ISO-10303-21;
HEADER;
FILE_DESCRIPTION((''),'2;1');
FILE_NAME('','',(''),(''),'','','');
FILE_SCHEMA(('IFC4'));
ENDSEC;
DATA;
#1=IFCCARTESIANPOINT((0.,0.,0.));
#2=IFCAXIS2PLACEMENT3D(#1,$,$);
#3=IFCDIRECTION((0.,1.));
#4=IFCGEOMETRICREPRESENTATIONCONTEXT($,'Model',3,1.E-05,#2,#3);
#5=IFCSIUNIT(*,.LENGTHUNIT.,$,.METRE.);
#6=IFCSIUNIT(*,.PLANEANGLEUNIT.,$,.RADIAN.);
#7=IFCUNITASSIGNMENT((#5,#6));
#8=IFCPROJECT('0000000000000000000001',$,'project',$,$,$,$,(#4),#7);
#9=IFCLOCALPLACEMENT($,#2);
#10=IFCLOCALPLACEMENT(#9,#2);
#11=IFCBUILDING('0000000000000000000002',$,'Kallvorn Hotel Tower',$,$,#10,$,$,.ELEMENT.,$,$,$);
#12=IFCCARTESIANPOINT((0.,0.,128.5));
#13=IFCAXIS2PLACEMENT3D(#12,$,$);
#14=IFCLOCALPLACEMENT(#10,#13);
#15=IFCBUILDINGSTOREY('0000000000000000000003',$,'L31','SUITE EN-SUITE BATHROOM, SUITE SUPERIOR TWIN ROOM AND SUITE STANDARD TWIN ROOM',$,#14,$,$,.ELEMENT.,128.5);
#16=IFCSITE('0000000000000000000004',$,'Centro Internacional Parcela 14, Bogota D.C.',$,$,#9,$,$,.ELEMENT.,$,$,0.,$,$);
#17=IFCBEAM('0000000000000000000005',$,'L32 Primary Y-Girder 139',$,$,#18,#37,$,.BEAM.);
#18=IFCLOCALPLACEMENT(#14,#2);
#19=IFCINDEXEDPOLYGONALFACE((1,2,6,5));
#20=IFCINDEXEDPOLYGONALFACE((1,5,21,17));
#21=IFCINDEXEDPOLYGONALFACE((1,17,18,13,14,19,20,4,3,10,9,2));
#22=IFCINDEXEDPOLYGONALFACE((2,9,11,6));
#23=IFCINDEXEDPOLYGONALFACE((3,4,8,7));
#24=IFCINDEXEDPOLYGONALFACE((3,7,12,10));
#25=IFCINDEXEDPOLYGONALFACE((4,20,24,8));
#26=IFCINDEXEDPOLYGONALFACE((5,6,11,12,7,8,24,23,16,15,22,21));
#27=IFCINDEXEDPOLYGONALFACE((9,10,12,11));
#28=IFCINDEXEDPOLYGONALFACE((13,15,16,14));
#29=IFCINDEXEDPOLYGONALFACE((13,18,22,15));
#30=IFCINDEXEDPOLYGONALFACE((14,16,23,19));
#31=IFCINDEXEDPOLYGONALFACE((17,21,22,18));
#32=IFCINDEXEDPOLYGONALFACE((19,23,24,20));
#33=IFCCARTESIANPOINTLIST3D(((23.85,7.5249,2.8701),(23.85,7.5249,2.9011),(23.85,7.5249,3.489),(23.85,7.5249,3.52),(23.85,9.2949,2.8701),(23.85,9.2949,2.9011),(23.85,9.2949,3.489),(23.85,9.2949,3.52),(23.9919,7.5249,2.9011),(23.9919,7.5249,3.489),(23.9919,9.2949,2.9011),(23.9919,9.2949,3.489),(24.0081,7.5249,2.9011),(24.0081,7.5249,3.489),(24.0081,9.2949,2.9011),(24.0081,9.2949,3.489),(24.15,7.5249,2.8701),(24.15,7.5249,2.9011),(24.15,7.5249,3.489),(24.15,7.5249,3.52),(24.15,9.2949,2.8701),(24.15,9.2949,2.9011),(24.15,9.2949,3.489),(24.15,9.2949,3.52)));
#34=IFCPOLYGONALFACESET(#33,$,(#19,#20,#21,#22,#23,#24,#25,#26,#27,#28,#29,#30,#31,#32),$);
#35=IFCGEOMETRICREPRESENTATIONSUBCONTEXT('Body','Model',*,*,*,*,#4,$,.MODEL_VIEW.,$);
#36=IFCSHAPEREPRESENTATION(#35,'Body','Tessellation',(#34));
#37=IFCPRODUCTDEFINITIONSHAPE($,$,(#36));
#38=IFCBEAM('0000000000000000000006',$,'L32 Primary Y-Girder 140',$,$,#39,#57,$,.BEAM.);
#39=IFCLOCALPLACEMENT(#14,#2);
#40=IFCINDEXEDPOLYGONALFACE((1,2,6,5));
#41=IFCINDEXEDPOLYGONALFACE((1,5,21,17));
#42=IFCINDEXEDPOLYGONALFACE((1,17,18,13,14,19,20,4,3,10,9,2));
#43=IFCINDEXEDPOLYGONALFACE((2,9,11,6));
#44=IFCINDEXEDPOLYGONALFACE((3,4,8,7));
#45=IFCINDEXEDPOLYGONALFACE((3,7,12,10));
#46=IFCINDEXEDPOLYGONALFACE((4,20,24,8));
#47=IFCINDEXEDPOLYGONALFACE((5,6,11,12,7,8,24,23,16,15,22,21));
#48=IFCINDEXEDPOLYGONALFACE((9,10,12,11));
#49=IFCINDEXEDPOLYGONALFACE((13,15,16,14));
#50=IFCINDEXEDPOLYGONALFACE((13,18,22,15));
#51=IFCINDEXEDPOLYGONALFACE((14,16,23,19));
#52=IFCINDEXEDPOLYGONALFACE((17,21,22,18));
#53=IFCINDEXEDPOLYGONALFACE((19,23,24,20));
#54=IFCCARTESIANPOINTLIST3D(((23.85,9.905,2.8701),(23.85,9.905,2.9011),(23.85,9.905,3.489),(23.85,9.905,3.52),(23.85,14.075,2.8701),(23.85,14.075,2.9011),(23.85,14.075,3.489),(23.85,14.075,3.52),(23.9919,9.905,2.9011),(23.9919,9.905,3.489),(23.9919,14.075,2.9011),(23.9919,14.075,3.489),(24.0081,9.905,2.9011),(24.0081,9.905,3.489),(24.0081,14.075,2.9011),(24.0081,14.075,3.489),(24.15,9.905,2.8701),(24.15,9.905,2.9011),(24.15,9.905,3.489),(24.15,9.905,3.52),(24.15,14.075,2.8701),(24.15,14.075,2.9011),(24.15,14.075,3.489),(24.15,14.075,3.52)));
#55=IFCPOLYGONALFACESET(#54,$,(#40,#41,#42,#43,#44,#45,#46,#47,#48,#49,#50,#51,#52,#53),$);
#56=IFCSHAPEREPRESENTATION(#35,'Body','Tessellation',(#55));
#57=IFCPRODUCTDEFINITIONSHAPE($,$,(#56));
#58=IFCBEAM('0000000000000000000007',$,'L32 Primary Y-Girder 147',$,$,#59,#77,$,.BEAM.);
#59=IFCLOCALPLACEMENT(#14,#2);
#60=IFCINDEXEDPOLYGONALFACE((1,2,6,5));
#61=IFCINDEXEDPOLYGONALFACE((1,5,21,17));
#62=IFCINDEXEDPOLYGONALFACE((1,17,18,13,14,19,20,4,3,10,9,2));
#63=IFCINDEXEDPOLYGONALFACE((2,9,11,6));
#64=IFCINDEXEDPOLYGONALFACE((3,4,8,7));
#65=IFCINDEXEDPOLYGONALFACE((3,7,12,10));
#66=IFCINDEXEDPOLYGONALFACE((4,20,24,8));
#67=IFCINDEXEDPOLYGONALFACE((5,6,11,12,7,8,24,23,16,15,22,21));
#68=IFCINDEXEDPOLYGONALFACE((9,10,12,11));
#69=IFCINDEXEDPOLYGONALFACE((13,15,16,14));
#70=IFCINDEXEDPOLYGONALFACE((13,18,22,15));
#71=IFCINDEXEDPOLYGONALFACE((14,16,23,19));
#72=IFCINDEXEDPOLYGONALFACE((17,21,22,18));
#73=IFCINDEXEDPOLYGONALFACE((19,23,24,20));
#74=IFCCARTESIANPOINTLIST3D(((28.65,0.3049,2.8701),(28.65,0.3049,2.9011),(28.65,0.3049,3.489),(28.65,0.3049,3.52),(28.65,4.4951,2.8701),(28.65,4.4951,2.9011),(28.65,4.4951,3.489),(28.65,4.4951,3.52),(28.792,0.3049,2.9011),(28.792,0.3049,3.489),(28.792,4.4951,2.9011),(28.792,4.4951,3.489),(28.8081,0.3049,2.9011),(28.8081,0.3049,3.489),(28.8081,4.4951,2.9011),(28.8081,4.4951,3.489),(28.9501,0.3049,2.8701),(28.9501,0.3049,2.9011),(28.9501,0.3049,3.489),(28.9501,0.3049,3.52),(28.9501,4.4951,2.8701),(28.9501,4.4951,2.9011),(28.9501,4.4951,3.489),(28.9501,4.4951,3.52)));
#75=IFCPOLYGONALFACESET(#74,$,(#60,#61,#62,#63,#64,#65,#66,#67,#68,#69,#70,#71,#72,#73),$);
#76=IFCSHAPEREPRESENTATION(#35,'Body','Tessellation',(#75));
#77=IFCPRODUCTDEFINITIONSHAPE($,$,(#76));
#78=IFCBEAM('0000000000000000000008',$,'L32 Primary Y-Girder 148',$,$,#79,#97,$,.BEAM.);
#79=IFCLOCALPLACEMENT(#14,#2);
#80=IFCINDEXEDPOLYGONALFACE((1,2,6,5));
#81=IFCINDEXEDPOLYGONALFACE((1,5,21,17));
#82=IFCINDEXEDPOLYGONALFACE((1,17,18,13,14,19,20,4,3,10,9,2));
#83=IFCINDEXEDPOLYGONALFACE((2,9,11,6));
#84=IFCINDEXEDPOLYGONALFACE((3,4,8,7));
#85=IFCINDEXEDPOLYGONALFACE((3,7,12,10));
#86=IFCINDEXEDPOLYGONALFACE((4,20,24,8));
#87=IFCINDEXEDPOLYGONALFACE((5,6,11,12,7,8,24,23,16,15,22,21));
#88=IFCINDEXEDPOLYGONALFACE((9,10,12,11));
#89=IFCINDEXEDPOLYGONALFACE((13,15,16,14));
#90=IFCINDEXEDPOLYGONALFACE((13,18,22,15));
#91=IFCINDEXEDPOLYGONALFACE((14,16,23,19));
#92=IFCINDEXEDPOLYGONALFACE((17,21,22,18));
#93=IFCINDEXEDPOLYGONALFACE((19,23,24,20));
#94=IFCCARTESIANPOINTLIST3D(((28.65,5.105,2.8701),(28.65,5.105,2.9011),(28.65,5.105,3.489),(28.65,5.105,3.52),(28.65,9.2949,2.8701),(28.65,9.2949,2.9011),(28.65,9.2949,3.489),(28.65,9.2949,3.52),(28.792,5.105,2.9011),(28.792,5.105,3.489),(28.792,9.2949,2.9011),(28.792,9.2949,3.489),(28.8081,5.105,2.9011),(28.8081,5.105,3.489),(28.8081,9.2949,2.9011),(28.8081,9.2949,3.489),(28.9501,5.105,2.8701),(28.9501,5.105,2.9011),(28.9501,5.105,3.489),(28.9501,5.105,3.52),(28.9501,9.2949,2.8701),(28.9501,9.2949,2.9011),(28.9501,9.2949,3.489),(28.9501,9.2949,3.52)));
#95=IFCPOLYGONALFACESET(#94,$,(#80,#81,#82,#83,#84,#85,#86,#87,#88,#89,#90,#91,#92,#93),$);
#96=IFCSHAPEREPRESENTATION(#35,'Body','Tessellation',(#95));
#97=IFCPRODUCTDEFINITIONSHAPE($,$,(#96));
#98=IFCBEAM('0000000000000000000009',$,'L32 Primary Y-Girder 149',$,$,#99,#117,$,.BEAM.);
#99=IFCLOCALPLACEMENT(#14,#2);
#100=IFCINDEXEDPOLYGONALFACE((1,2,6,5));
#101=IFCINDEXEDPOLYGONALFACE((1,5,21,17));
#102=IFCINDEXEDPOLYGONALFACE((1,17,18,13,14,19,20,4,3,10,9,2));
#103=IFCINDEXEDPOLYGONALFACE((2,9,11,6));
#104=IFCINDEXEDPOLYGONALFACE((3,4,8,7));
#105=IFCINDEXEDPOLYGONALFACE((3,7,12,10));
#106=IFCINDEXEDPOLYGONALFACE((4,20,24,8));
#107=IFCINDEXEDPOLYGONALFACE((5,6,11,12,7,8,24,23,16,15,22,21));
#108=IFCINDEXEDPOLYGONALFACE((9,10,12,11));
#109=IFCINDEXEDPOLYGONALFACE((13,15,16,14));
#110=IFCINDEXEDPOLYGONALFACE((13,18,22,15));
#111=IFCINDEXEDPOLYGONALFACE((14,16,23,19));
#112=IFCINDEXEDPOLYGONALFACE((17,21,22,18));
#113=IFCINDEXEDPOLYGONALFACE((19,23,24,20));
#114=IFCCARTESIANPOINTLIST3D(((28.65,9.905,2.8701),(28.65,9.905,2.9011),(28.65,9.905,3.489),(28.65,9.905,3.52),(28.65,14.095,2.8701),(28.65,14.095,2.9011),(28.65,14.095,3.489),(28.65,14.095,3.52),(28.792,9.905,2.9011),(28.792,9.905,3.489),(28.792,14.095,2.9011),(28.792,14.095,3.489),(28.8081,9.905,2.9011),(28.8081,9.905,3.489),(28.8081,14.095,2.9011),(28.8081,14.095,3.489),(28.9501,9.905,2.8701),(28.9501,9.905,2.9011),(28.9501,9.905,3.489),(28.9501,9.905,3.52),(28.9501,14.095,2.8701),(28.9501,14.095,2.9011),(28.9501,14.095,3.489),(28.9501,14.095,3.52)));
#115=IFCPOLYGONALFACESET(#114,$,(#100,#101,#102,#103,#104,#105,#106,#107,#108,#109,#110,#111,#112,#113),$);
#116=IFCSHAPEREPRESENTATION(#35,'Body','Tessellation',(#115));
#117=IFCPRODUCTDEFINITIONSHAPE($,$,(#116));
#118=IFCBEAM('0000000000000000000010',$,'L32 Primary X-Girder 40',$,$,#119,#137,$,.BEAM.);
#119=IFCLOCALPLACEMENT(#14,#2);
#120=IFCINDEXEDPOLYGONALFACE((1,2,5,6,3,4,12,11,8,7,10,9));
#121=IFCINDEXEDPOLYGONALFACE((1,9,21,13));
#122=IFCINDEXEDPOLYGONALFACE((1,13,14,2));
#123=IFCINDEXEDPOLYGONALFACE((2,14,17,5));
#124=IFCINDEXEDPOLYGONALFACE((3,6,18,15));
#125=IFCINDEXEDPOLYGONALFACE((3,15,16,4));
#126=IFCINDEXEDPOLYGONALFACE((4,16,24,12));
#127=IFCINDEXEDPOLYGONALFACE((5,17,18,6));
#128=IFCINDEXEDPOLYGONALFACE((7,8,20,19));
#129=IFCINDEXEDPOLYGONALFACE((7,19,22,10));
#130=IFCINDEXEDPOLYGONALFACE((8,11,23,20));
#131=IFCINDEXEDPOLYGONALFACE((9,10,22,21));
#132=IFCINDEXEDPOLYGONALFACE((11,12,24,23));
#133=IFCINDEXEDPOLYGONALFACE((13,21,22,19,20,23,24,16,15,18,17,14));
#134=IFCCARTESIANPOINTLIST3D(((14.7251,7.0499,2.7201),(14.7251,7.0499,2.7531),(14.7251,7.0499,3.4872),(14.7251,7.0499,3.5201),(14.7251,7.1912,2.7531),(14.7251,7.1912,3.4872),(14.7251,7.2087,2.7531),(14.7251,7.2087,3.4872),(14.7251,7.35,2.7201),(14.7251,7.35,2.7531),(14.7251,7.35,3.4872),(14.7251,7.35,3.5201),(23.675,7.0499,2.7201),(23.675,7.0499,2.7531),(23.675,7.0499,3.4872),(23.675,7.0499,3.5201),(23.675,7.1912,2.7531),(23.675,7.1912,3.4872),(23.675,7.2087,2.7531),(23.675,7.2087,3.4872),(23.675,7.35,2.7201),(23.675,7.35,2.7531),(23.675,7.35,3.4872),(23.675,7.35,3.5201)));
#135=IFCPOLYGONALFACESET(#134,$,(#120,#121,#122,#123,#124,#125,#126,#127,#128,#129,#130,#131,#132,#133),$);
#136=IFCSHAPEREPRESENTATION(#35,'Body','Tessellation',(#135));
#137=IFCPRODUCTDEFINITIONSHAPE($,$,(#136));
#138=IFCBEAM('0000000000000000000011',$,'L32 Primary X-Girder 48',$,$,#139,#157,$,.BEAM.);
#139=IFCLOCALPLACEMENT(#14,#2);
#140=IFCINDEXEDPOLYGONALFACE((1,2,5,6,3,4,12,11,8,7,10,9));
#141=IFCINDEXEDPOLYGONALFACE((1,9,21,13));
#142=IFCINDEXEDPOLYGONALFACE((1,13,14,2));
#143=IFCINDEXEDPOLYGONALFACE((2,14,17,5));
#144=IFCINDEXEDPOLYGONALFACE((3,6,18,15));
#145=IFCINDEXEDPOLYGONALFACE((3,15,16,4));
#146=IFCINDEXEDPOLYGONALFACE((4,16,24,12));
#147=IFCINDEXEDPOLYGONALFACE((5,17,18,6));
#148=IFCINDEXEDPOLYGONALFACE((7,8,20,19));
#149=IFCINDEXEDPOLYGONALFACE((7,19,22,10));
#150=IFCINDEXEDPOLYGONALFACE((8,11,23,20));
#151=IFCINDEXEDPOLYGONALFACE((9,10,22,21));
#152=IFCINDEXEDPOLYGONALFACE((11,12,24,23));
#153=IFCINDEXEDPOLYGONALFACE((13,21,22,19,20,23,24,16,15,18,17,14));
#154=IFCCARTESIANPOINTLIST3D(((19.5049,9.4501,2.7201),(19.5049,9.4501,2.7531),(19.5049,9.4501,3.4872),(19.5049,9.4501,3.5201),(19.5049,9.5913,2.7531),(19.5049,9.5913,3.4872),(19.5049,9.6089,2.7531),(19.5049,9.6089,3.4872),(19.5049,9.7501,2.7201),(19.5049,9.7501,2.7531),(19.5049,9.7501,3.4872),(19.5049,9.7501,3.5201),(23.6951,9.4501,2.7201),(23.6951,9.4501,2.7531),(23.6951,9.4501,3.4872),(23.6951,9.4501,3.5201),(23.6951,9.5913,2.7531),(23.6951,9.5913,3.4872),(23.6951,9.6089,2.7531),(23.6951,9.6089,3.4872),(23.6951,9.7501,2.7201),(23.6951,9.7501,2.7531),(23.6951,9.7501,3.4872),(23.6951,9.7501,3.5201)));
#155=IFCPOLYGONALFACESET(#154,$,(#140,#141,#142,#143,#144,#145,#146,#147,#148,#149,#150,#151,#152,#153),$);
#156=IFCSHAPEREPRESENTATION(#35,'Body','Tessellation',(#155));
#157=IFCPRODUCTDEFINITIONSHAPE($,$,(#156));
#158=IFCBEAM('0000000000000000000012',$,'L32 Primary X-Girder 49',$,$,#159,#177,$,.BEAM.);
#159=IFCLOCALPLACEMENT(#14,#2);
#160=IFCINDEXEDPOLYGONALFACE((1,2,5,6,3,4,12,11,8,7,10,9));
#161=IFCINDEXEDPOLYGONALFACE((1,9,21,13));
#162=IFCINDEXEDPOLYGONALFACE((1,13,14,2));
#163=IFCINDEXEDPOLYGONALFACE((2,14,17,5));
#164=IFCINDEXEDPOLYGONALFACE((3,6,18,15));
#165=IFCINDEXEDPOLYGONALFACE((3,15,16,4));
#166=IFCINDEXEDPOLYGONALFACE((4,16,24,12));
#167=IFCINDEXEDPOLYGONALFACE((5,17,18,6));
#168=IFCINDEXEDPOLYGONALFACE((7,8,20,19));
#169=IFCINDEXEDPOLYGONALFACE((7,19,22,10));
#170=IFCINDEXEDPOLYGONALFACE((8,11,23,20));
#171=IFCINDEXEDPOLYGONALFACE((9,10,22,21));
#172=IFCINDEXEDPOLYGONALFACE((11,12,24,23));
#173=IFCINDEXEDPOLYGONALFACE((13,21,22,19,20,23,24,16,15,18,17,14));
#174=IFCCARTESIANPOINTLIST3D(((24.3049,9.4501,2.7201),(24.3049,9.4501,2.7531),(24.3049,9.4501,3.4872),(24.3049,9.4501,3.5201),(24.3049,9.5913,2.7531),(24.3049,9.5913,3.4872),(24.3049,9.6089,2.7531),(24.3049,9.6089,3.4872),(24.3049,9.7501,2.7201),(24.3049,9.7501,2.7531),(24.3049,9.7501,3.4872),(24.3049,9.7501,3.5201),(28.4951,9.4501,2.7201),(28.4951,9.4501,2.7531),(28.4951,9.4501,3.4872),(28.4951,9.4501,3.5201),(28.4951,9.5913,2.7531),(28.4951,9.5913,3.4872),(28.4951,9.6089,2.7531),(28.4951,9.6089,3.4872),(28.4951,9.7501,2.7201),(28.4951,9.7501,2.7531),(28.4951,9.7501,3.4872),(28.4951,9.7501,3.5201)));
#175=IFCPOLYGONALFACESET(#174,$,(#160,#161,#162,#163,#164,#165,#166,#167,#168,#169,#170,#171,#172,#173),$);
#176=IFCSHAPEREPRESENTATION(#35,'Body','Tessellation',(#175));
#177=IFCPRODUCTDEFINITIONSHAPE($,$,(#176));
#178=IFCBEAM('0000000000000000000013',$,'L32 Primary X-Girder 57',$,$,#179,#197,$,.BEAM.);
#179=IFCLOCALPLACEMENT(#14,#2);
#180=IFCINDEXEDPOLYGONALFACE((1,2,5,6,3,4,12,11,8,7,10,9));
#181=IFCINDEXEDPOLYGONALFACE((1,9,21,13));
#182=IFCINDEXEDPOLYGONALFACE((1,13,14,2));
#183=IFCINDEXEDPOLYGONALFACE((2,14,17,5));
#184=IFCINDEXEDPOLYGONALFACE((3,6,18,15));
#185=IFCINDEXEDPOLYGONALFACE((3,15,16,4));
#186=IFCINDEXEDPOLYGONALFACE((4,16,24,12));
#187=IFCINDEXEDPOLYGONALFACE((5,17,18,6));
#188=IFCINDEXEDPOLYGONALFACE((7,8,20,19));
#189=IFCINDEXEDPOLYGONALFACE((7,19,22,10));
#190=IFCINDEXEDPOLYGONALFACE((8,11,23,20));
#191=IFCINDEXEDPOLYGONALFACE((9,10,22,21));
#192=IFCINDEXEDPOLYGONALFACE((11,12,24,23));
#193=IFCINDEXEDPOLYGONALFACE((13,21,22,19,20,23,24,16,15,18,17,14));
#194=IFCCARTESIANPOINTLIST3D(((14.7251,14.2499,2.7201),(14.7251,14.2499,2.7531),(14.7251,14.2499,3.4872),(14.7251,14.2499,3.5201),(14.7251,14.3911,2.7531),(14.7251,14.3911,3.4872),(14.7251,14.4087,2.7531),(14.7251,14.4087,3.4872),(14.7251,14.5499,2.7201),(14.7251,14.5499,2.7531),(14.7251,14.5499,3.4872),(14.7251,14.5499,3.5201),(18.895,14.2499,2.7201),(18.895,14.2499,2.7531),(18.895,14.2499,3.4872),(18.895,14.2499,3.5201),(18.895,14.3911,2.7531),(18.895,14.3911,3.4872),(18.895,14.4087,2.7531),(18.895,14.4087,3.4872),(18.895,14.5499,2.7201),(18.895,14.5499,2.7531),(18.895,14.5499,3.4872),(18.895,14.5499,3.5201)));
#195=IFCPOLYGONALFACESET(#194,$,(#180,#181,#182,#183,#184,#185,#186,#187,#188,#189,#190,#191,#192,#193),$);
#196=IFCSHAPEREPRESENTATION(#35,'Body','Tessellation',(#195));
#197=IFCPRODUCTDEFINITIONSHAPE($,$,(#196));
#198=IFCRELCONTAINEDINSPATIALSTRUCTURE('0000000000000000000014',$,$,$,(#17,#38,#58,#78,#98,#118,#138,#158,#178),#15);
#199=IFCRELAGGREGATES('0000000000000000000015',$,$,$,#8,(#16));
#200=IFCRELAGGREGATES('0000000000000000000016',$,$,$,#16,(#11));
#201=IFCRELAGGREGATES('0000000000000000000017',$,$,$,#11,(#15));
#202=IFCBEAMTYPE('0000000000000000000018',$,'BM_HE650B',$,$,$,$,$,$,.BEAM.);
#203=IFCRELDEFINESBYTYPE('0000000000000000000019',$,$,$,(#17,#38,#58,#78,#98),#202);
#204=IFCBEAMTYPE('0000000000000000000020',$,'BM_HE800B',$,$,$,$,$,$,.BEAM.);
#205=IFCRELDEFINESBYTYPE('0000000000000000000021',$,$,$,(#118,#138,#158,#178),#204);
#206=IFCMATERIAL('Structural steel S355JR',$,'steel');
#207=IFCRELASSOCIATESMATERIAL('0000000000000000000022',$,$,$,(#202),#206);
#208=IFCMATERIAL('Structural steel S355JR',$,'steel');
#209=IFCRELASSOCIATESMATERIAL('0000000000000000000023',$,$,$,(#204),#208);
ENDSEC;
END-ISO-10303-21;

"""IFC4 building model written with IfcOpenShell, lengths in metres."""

from ifc_helpers import new_model, si_unit, direction, frame, origin, origin_2d, place, context, subcontext, project, spatial, i_section, extrude, material, material_profile, profile_set, type_object, element, save


model = new_model("IFC4")

# Units and contexts
model_context = context("Model", 3, precision=1e-05, world=origin(), true_north=direction((0.0, 1.0)))
body_context = subcontext(model_context, "Body", "Model", "MODEL_VIEW")
ifc_project = project(units=[si_unit("LENGTHUNIT", "METRE"), si_unit("PLANEANGLEUNIT", "RADIAN")], contexts=[model_context])

# Site, building, storey
site_placement = place(None, origin())
site = spatial("IfcSite", under=ifc_project, at=site_placement, Name="Centro Internacional Parcela 14, Bogota D.C.", CompositionType="ELEMENT", RefElevation=0.0)
building_placement = place(site_placement, origin())
building = spatial("IfcBuilding", under=site, at=building_placement, Name="Kallvorn Hotel Tower", CompositionType="ELEMENT")
storey_placement = place(building_placement, frame((0.0, 0.0, 128.5)))
storey = spatial("IfcBuildingStorey", under=building, at=storey_placement, Name="L31", Description="SUITE EN-SUITE BATHROOM, SUITE SUPERIOR TWIN ROOM AND SUITE STANDARD TWIN ROOM", CompositionType="ELEMENT", Elevation=128.5)

# Beams
ifc_material_1 = material(Name="Structural steel S355JR", Category="steel")
ifc_material_profile_1 = material_profile(ifc_material_1, i_section(OverallWidth=0.3, OverallDepth=0.6499, WebThickness=0.0161, FlangeThickness=0.031, at=origin_2d()), Name="HE 650 B")
ifc_profile_set_1 = profile_set([ifc_material_profile_1], Name="Structural steel S355JR")
beam_type_1 = type_object("IfcBeamType", Name="BM_HE650B", PredefinedType="BEAM", material=ifc_profile_set_1)
beam_1_placement = place(storey_placement, frame((24.0, 7.5249, 3.1951), z_axis=(0.0, 1.0, 0.0), x_axis=(-1.0, 0.0, 0.0)))
element("IfcBeam", 1, at=beam_1_placement, inside=storey, type_object=beam_type_1, Name="L32 Primary Y-Girder 139", PredefinedType="BEAM", context=body_context, shape_type="SweptSolid", body=[
    extrude(i_section(OverallWidth=0.3, OverallDepth=0.6499, WebThickness=0.0161, FlangeThickness=0.031, at=origin_2d()), origin(), (0.0, 0.0, 1.0), 1.77),
])
beam_2_placement = place(storey_placement, frame((24.0, 9.905, 3.1951), z_axis=(0.0, 1.0, 0.0), x_axis=(-1.0, 0.0, 0.0)))
element("IfcBeam", 2, at=beam_2_placement, inside=storey, type_object=beam_type_1, Name="L32 Primary Y-Girder 140", PredefinedType="BEAM", context=body_context, shape_type="SweptSolid", body=[
    extrude(i_section(OverallWidth=0.3, OverallDepth=0.6499, WebThickness=0.0161, FlangeThickness=0.031, at=origin_2d()), origin(), (0.0, 0.0, 1.0), 4.1699),
])
beam_3_placement = place(storey_placement, frame((28.8, 0.3049, 3.1951), z_axis=(0.0, 1.0, 0.0), x_axis=(-1.0, 0.0, 0.0)))
element("IfcBeam", 3, at=beam_3_placement, inside=storey, type_object=beam_type_1, Name="L32 Primary Y-Girder 147", PredefinedType="BEAM", context=body_context, shape_type="SweptSolid", body=[
    extrude(i_section(OverallWidth=0.3, OverallDepth=0.6499, WebThickness=0.0161, FlangeThickness=0.031, at=origin_2d()), origin(), (0.0, 0.0, 1.0), 4.1902),
])
for number, where, z_axis, x_axis, name in (
    (4, (28.8, 5.105, 3.1951), (0.0, 1.0, 0.0), (-1.0, 0.0, 0.0), "L32 Primary Y-Girder 148"),
    (5, (28.8, 9.905, 3.1951), (0.0, 1.0, 0.0), (-1.0, 0.0, 0.0), "L32 Primary Y-Girder 149"),
):
    element("IfcBeam", number, at=place(storey_placement, frame(where, z_axis=z_axis, x_axis=x_axis)), inside=storey, type_object=beam_type_1, Name=name, PredefinedType="BEAM", context=body_context, shape_type="SweptSolid", body=[
        extrude(i_section(OverallWidth=0.3, OverallDepth=0.6499, WebThickness=0.0161, FlangeThickness=0.031, at=origin_2d()), origin(), (0.0, 0.0, 1.0), 4.1899),
    ])
ifc_material_2 = material(Name="Structural steel S355JR", Category="steel")
ifc_material_profile_2 = material_profile(ifc_material_2, i_section(OverallWidth=0.3, OverallDepth=0.8, WebThickness=0.0176, FlangeThickness=0.033, at=origin_2d()), Name="HE 800 B")
ifc_profile_set_2 = profile_set([ifc_material_profile_2], Name="Structural steel S355JR")
beam_type_2 = type_object("IfcBeamType", Name="BM_HE800B", PredefinedType="BEAM", material=ifc_profile_set_2)
beam_4_placement = place(storey_placement, frame((14.7251, 7.2, 3.1201), z_axis=(1.0, 0.0, 0.0), x_axis=(0.0, 1.0, 0.0)))
element("IfcBeam", 6, at=beam_4_placement, inside=storey, type_object=beam_type_2, Name="L32 Primary X-Girder 40", PredefinedType="BEAM", context=body_context, shape_type="SweptSolid", body=[
    extrude(i_section(OverallWidth=0.3, OverallDepth=0.8, WebThickness=0.0176, FlangeThickness=0.033, at=origin_2d()), origin(), (0.0, 0.0, 1.0), 8.95),
])
for number, where, z_axis, x_axis, name in (
    (7, (19.5049, 9.6001, 3.1201), (1.0, 0.0, 0.0), (0.0, 1.0, 0.0), "L32 Primary X-Girder 48"),
    (8, (24.3049, 9.6001, 3.1201), (1.0, 0.0, 0.0), (0.0, 1.0, 0.0), "L32 Primary X-Girder 49"),
):
    element("IfcBeam", number, at=place(storey_placement, frame(where, z_axis=z_axis, x_axis=x_axis)), inside=storey, type_object=beam_type_2, Name=name, PredefinedType="BEAM", context=body_context, shape_type="SweptSolid", body=[
        extrude(i_section(OverallWidth=0.3, OverallDepth=0.8, WebThickness=0.0176, FlangeThickness=0.033, at=origin_2d()), origin(), (0.0, 0.0, 1.0), 4.1902),
    ])
beam_5_placement = place(storey_placement, frame((14.7251, 14.3999, 3.1201), z_axis=(1.0, 0.0, 0.0), x_axis=(0.0, 1.0, 0.0)))
element("IfcBeam", 9, at=beam_5_placement, inside=storey, type_object=beam_type_2, Name="L32 Primary X-Girder 57", PredefinedType="BEAM", context=body_context, shape_type="SweptSolid", body=[
    extrude(i_section(OverallWidth=0.3, OverallDepth=0.8, WebThickness=0.0176, FlangeThickness=0.033, at=origin_2d()), origin(), (0.0, 0.0, 1.0), 4.1699),
])

save(model, "model.ifc")
